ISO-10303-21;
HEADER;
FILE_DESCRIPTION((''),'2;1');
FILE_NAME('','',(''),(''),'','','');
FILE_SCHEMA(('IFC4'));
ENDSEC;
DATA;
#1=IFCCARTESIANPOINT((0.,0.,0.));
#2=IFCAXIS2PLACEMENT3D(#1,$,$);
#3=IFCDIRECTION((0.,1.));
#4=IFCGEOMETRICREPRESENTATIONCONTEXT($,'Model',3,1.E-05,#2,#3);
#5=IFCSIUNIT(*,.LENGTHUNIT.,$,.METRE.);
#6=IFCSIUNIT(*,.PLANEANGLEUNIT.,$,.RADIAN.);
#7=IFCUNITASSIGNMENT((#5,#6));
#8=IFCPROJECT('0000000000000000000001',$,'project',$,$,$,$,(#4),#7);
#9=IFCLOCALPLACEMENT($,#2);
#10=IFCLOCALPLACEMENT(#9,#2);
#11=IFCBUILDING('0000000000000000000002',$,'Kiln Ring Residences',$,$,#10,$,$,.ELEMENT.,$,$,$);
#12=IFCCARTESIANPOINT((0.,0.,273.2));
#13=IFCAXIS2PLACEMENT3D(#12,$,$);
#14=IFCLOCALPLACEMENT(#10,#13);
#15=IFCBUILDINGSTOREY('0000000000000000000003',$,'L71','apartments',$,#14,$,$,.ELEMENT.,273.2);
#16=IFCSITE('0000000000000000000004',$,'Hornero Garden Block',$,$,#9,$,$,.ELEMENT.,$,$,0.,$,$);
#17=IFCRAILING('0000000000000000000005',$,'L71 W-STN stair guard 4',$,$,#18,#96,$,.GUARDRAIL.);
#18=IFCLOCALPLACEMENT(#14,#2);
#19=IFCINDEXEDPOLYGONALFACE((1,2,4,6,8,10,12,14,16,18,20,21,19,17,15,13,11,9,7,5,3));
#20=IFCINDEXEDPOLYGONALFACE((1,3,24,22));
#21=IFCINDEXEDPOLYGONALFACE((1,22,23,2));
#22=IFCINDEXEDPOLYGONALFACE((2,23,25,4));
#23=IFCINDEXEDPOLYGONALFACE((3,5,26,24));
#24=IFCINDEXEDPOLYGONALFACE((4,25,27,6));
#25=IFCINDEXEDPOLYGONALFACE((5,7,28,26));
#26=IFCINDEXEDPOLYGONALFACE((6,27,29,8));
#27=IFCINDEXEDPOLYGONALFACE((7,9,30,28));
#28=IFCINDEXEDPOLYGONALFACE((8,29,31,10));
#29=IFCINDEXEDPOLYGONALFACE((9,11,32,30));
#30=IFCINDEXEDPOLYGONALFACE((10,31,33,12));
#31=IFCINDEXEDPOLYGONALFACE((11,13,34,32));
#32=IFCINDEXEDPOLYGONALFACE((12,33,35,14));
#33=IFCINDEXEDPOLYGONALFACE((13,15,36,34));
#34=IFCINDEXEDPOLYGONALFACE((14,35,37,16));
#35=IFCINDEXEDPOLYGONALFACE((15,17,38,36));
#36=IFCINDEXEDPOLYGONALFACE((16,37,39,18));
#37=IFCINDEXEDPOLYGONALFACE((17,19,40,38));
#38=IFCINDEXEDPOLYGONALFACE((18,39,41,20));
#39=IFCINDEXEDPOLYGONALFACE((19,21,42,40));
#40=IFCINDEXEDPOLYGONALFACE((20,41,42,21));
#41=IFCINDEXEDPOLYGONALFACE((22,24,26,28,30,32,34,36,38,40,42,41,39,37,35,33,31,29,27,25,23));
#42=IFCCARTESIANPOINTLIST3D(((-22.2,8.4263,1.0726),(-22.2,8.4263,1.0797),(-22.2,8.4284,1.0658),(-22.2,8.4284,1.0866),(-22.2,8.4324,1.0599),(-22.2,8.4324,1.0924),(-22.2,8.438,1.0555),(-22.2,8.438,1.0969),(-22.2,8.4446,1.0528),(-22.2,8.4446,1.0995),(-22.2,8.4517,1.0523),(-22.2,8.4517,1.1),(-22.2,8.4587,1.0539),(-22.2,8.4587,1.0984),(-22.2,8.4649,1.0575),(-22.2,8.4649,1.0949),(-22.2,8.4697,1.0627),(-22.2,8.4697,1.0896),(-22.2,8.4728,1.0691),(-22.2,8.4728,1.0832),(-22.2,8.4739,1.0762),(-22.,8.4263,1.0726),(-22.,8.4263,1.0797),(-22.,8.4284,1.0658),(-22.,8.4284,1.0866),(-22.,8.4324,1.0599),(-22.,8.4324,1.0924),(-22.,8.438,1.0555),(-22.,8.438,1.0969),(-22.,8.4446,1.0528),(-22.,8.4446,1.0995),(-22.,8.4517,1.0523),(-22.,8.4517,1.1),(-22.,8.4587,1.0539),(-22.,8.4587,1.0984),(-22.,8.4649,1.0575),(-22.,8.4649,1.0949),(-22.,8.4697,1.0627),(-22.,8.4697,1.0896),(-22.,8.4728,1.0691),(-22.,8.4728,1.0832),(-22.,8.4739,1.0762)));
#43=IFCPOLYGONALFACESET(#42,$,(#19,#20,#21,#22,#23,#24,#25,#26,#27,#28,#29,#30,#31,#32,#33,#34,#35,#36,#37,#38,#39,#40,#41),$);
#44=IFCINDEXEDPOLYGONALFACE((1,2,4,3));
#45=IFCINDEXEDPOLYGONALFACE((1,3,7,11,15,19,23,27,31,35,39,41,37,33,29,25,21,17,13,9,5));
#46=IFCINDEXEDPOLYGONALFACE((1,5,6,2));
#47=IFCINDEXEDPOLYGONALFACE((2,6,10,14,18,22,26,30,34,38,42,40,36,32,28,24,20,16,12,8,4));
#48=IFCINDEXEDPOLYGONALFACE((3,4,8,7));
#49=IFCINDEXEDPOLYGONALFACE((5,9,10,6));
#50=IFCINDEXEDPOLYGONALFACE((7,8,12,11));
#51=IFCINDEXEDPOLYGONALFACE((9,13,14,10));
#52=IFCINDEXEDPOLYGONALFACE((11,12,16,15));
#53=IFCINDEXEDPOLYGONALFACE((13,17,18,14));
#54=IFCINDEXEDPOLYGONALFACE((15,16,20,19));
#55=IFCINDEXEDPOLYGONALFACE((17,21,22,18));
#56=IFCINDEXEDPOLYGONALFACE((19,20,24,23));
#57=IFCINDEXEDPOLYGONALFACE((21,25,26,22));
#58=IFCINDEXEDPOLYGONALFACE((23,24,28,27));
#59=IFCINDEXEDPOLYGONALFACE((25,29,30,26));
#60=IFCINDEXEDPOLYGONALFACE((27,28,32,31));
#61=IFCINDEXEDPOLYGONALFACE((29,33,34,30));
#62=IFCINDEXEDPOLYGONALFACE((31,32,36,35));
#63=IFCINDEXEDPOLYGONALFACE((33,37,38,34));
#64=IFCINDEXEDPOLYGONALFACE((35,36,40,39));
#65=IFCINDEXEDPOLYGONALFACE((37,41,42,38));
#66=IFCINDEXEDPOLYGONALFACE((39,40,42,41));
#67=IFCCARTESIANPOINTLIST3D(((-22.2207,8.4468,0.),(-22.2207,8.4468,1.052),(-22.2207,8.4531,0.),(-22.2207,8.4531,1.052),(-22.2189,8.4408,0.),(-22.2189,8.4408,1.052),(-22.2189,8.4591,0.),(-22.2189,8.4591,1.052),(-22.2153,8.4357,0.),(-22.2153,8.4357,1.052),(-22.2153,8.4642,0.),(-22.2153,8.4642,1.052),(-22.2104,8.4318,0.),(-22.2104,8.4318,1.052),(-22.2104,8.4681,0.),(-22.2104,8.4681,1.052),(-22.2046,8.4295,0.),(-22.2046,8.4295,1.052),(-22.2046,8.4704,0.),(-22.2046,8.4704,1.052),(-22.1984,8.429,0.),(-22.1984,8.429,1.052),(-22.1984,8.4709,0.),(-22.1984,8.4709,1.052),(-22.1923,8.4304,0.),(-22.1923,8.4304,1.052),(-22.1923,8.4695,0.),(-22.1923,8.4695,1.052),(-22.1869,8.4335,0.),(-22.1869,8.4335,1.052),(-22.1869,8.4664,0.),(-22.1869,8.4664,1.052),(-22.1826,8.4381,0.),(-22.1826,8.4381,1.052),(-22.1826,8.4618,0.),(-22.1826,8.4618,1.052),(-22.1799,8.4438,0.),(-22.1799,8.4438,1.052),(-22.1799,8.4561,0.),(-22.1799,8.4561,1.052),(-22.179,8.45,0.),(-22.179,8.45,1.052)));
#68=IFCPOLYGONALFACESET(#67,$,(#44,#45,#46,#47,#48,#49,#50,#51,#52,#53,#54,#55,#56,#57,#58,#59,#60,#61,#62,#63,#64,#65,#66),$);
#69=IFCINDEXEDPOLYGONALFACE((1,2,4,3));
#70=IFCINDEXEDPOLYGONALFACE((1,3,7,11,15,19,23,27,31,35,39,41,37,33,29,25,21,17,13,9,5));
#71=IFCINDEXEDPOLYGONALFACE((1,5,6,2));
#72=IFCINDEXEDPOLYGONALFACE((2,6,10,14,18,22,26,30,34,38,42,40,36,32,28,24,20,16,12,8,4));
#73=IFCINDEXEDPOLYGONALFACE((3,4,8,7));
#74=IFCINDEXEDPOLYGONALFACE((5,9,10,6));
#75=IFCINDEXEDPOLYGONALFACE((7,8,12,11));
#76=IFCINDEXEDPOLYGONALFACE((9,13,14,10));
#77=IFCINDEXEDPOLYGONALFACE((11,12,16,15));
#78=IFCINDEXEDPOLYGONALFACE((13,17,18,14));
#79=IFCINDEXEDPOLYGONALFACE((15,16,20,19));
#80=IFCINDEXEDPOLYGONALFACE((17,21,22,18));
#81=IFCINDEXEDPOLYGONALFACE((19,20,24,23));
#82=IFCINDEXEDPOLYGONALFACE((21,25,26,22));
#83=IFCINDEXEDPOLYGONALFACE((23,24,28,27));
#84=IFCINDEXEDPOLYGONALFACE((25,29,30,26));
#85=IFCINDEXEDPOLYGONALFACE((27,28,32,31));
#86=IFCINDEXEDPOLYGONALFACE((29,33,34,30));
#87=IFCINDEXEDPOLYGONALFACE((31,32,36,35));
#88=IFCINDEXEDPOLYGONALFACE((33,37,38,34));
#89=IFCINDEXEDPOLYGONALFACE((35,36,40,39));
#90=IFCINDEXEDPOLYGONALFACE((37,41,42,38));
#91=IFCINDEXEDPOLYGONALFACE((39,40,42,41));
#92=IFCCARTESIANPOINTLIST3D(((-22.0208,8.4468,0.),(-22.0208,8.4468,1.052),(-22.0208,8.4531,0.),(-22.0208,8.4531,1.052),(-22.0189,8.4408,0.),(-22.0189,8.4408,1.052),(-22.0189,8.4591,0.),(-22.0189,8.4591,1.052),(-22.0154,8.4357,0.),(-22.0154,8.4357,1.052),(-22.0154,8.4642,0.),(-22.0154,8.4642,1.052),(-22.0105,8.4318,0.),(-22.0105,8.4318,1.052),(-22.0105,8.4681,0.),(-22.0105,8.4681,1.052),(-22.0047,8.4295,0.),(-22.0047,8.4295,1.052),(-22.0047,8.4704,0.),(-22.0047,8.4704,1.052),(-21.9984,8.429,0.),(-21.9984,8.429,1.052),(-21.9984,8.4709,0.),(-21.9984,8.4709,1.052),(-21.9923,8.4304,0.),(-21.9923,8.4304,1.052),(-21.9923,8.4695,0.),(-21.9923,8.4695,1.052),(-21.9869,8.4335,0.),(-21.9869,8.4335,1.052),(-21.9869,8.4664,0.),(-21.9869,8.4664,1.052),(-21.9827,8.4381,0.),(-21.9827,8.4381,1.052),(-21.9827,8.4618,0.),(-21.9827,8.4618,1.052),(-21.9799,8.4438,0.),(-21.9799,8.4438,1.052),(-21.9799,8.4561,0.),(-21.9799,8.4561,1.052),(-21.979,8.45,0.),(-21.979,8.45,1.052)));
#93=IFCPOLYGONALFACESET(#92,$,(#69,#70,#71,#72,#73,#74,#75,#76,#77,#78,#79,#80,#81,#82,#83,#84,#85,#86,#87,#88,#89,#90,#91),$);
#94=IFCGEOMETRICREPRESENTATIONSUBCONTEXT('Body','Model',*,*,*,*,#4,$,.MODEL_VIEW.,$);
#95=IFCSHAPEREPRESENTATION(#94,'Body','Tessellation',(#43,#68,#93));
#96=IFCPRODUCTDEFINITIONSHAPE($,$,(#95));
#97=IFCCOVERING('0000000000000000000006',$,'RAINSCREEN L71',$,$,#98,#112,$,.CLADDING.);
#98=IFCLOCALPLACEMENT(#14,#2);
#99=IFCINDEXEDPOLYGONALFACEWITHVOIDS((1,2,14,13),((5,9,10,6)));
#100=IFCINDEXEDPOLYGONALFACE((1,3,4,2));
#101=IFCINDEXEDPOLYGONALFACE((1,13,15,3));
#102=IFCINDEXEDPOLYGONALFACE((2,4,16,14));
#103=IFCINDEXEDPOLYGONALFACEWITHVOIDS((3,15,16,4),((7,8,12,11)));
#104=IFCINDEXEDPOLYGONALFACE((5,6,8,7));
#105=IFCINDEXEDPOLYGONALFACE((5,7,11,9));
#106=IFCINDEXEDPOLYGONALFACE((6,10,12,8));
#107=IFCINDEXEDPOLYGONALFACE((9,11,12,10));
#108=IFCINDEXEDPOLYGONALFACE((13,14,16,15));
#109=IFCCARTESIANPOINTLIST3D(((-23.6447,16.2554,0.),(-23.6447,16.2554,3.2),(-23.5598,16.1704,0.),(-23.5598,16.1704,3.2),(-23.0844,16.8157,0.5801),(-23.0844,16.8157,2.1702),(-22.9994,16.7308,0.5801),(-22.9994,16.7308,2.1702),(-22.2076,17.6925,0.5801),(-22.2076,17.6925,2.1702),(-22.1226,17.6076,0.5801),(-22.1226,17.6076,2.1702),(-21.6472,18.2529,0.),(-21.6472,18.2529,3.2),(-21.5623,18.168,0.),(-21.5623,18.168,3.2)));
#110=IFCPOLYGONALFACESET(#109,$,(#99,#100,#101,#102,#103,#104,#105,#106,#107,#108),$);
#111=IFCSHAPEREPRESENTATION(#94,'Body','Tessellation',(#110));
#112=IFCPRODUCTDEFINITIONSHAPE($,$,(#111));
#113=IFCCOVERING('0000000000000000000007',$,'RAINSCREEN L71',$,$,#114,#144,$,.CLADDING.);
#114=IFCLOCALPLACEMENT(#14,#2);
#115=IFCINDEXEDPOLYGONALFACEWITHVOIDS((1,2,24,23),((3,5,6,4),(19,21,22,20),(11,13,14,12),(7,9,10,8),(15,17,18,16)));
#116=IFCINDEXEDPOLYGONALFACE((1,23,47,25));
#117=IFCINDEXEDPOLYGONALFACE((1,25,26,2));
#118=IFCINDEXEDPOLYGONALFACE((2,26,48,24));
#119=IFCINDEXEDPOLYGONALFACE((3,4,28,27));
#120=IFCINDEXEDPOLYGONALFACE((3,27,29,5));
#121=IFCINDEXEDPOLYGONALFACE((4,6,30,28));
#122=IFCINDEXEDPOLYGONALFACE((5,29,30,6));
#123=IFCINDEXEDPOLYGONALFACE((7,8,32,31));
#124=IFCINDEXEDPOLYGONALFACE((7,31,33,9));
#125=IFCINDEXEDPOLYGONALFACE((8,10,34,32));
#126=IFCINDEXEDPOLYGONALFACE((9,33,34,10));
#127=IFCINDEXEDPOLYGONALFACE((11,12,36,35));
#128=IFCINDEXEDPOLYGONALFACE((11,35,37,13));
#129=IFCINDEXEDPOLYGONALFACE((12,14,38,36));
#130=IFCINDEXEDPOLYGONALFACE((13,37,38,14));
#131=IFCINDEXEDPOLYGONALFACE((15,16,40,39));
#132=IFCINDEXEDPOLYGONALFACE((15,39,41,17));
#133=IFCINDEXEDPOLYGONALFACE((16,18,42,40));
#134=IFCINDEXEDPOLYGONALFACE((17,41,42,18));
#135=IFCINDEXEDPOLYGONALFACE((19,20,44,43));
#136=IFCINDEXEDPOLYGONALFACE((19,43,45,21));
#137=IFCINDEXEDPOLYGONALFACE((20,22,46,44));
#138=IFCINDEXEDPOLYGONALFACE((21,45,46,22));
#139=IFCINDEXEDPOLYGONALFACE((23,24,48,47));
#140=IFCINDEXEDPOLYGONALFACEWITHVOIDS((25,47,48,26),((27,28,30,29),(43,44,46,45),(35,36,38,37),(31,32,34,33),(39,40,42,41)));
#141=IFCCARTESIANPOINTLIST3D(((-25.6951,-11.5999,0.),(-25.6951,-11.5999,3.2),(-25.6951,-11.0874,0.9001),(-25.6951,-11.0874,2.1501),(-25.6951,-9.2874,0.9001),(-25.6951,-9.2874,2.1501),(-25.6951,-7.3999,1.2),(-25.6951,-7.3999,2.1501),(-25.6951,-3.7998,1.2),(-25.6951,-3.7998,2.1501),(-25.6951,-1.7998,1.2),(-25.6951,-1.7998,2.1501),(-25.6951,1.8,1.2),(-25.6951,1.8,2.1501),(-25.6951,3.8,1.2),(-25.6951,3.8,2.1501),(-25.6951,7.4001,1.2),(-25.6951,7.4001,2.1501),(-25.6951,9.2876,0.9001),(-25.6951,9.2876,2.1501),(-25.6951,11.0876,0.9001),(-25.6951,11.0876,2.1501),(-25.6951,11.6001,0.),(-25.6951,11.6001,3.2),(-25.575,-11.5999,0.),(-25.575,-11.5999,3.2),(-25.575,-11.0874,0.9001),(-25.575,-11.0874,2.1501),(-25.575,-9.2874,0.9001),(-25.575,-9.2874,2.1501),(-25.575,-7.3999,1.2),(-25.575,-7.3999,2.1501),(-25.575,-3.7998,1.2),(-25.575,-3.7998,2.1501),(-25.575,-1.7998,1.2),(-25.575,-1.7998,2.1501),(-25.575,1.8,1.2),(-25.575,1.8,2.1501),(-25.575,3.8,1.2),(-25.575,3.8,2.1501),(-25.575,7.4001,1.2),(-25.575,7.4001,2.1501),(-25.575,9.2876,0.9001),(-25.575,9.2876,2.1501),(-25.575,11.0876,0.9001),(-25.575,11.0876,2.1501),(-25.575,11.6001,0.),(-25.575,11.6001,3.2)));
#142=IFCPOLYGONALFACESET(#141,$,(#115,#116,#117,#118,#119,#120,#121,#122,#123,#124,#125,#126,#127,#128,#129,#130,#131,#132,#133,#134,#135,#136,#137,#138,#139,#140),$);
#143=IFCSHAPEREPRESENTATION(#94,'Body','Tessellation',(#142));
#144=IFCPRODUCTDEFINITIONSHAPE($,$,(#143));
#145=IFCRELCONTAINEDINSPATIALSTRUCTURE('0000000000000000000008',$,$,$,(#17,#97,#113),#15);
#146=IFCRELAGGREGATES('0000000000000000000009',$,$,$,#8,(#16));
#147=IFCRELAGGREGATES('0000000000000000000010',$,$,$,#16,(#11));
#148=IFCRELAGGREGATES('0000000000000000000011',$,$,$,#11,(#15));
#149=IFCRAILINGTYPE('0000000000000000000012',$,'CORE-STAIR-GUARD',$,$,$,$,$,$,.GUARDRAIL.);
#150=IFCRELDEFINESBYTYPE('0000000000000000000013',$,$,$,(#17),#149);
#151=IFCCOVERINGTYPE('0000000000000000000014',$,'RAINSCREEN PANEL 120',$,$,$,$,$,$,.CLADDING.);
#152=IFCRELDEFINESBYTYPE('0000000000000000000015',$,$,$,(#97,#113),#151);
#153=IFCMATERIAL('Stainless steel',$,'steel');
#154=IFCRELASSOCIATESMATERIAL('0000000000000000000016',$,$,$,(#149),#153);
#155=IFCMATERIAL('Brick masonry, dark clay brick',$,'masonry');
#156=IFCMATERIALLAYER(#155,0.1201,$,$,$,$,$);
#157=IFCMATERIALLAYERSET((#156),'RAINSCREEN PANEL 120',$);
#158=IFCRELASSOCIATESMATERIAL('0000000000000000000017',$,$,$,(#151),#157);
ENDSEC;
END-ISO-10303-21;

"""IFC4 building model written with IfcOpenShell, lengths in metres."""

from ifc_helpers import new_model, si_unit, direction, frame, origin, origin_2d, place, context, subcontext, project, spatial, polyline, circle, outline, extrude, material, layer, layer_set, type_object, element, save


model = new_model("IFC4")

# Units and contexts
model_context = context("Model", 3, precision=1e-05, world=origin(), true_north=direction((0.0, 1.0)))
body_context = subcontext(model_context, "Body", "Model", "MODEL_VIEW")
ifc_project = project(units=[si_unit("LENGTHUNIT", "METRE"), si_unit("PLANEANGLEUNIT", "RADIAN")], contexts=[model_context])

# Site, building, storey
site_placement = place(None, origin())
site = spatial("IfcSite", under=ifc_project, at=site_placement, Name="Hornero Garden Block", CompositionType="ELEMENT", RefElevation=0.0)
building_placement = place(site_placement, origin())
building = spatial("IfcBuilding", under=site, at=building_placement, Name="Kiln Ring Residences", CompositionType="ELEMENT")
storey_placement = place(building_placement, frame((0.0, 0.0, 273.2)))
storey = spatial("IfcBuildingStorey", under=building, at=storey_placement, Name="L71", Description="apartments", CompositionType="ELEMENT", Elevation=273.2)

# Railing
ifc_material_1 = material(Name="Stainless steel", Category="steel")
railing_type = type_object("IfcRailingType", Name="CORE-STAIR-GUARD", PredefinedType="GUARDRAIL", material=ifc_material_1)
railing_1_placement = place(storey_placement, frame((-22.2, 8.45, 0.0)))
element("IfcRailing", 1, at=railing_1_placement, inside=storey, type_object=railing_type, Name="L71 W-STN stair guard 4", PredefinedType="GUARDRAIL", context=body_context, shape_type="SweptSolid", body=[
    extrude(circle(Radius=0.0239, at=origin_2d()), frame((0.0, 0.0, 1.0762), z_axis=(1.0, 0.0, 0.0), x_axis=(0.0, 1.0, 0.0)), (0.0, 0.0, 1.0), 0.2),
    extrude(circle(Radius=0.021, at=origin_2d()), origin(), (0.0, 0.0, 1.0), 1.052),
    extrude(circle(Radius=0.021, at=origin_2d()), frame((0.2, 0.0, 0.0)), (0.0, 0.0, 1.0), 1.052),
])

# Coverings
ifc_material_2 = material(Name="Brick masonry, dark clay brick", Category="masonry")
ifc_layer_1 = layer(ifc_material_2, 0.1201)
ifc_layer_set_1 = layer_set([ifc_layer_1], Name="RAINSCREEN PANEL 120")
covering_type = type_object("IfcCoveringType", Name="RAINSCREEN PANEL 120", PredefinedType="CLADDING", material=ifc_layer_set_1)
covering_1_placement = place(storey_placement, frame((-21.6047, 18.2104, 0.0), z_axis=(0.0, 0.0, 1.0), x_axis=(-0.707107, -0.707107, 0.0)))
element("IfcCovering", 2, at=covering_1_placement, inside=storey, type_object=covering_type, Name="RAINSCREEN L71", PredefinedType="CLADDING", context=body_context, shape_type="SweptSolid", body=[
    extrude(outline(polyline([(0.0, 0.0), (2.825, 0.0), (2.825, 3.2), (0.0, 3.2), (0.0, 0.0)]), holes=[polyline([(0.7925, 2.1702), (0.7925, 0.5801), (2.0325, 0.5801), (2.0325, 2.1702), (0.7925, 2.1702)])]), frame((0.0, 0.0601, 0.0), z_axis=(0.0, -1.0, 0.0), x_axis=(1.0, 0.0, 0.0)), (0.0, 0.0, 1.0), 0.1201),
])
covering_2_placement = place(storey_placement, frame((-25.635, 11.6001, 0.0), z_axis=(0.0, 0.0, 1.0), x_axis=(0.0, -1.0, 0.0)))
element("IfcCovering", 3, at=covering_2_placement, inside=storey, type_object=covering_type, Name="RAINSCREEN L71", PredefinedType="CLADDING", context=body_context, shape_type="SweptSolid", body=[
    extrude(outline(polyline([(0.0, 0.0), (23.2, 0.0), (23.2, 3.2), (0.0, 3.2), (0.0, 0.0)]), holes=[polyline([(2.3125, 0.9001), (2.3125, 2.1501), (0.5125, 2.1501), (0.5125, 0.9001), (2.3125, 0.9001)]), polyline([(22.6875, 0.9001), (22.6875, 2.1501), (20.8875, 2.1501), (20.8875, 0.9001), (22.6875, 0.9001)]), polyline([(7.8, 1.2), (7.8, 2.1501), (4.2, 2.1501), (4.2, 1.2), (7.8, 1.2)]), polyline([(9.8, 1.2), (13.3999, 1.2), (13.3999, 2.1501), (9.8, 2.1501), (9.8, 1.2)]), polyline([(15.3999, 1.2), (19.0, 1.2), (19.0, 2.1501), (15.3999, 2.1501), (15.3999, 1.2)])]), frame((0.0, 0.0601, 0.0), z_axis=(0.0, -1.0, 0.0), x_axis=(1.0, 0.0, 0.0)), (0.0, 0.0, 1.0), 0.1201),
])

save(model, "model.ifc")
